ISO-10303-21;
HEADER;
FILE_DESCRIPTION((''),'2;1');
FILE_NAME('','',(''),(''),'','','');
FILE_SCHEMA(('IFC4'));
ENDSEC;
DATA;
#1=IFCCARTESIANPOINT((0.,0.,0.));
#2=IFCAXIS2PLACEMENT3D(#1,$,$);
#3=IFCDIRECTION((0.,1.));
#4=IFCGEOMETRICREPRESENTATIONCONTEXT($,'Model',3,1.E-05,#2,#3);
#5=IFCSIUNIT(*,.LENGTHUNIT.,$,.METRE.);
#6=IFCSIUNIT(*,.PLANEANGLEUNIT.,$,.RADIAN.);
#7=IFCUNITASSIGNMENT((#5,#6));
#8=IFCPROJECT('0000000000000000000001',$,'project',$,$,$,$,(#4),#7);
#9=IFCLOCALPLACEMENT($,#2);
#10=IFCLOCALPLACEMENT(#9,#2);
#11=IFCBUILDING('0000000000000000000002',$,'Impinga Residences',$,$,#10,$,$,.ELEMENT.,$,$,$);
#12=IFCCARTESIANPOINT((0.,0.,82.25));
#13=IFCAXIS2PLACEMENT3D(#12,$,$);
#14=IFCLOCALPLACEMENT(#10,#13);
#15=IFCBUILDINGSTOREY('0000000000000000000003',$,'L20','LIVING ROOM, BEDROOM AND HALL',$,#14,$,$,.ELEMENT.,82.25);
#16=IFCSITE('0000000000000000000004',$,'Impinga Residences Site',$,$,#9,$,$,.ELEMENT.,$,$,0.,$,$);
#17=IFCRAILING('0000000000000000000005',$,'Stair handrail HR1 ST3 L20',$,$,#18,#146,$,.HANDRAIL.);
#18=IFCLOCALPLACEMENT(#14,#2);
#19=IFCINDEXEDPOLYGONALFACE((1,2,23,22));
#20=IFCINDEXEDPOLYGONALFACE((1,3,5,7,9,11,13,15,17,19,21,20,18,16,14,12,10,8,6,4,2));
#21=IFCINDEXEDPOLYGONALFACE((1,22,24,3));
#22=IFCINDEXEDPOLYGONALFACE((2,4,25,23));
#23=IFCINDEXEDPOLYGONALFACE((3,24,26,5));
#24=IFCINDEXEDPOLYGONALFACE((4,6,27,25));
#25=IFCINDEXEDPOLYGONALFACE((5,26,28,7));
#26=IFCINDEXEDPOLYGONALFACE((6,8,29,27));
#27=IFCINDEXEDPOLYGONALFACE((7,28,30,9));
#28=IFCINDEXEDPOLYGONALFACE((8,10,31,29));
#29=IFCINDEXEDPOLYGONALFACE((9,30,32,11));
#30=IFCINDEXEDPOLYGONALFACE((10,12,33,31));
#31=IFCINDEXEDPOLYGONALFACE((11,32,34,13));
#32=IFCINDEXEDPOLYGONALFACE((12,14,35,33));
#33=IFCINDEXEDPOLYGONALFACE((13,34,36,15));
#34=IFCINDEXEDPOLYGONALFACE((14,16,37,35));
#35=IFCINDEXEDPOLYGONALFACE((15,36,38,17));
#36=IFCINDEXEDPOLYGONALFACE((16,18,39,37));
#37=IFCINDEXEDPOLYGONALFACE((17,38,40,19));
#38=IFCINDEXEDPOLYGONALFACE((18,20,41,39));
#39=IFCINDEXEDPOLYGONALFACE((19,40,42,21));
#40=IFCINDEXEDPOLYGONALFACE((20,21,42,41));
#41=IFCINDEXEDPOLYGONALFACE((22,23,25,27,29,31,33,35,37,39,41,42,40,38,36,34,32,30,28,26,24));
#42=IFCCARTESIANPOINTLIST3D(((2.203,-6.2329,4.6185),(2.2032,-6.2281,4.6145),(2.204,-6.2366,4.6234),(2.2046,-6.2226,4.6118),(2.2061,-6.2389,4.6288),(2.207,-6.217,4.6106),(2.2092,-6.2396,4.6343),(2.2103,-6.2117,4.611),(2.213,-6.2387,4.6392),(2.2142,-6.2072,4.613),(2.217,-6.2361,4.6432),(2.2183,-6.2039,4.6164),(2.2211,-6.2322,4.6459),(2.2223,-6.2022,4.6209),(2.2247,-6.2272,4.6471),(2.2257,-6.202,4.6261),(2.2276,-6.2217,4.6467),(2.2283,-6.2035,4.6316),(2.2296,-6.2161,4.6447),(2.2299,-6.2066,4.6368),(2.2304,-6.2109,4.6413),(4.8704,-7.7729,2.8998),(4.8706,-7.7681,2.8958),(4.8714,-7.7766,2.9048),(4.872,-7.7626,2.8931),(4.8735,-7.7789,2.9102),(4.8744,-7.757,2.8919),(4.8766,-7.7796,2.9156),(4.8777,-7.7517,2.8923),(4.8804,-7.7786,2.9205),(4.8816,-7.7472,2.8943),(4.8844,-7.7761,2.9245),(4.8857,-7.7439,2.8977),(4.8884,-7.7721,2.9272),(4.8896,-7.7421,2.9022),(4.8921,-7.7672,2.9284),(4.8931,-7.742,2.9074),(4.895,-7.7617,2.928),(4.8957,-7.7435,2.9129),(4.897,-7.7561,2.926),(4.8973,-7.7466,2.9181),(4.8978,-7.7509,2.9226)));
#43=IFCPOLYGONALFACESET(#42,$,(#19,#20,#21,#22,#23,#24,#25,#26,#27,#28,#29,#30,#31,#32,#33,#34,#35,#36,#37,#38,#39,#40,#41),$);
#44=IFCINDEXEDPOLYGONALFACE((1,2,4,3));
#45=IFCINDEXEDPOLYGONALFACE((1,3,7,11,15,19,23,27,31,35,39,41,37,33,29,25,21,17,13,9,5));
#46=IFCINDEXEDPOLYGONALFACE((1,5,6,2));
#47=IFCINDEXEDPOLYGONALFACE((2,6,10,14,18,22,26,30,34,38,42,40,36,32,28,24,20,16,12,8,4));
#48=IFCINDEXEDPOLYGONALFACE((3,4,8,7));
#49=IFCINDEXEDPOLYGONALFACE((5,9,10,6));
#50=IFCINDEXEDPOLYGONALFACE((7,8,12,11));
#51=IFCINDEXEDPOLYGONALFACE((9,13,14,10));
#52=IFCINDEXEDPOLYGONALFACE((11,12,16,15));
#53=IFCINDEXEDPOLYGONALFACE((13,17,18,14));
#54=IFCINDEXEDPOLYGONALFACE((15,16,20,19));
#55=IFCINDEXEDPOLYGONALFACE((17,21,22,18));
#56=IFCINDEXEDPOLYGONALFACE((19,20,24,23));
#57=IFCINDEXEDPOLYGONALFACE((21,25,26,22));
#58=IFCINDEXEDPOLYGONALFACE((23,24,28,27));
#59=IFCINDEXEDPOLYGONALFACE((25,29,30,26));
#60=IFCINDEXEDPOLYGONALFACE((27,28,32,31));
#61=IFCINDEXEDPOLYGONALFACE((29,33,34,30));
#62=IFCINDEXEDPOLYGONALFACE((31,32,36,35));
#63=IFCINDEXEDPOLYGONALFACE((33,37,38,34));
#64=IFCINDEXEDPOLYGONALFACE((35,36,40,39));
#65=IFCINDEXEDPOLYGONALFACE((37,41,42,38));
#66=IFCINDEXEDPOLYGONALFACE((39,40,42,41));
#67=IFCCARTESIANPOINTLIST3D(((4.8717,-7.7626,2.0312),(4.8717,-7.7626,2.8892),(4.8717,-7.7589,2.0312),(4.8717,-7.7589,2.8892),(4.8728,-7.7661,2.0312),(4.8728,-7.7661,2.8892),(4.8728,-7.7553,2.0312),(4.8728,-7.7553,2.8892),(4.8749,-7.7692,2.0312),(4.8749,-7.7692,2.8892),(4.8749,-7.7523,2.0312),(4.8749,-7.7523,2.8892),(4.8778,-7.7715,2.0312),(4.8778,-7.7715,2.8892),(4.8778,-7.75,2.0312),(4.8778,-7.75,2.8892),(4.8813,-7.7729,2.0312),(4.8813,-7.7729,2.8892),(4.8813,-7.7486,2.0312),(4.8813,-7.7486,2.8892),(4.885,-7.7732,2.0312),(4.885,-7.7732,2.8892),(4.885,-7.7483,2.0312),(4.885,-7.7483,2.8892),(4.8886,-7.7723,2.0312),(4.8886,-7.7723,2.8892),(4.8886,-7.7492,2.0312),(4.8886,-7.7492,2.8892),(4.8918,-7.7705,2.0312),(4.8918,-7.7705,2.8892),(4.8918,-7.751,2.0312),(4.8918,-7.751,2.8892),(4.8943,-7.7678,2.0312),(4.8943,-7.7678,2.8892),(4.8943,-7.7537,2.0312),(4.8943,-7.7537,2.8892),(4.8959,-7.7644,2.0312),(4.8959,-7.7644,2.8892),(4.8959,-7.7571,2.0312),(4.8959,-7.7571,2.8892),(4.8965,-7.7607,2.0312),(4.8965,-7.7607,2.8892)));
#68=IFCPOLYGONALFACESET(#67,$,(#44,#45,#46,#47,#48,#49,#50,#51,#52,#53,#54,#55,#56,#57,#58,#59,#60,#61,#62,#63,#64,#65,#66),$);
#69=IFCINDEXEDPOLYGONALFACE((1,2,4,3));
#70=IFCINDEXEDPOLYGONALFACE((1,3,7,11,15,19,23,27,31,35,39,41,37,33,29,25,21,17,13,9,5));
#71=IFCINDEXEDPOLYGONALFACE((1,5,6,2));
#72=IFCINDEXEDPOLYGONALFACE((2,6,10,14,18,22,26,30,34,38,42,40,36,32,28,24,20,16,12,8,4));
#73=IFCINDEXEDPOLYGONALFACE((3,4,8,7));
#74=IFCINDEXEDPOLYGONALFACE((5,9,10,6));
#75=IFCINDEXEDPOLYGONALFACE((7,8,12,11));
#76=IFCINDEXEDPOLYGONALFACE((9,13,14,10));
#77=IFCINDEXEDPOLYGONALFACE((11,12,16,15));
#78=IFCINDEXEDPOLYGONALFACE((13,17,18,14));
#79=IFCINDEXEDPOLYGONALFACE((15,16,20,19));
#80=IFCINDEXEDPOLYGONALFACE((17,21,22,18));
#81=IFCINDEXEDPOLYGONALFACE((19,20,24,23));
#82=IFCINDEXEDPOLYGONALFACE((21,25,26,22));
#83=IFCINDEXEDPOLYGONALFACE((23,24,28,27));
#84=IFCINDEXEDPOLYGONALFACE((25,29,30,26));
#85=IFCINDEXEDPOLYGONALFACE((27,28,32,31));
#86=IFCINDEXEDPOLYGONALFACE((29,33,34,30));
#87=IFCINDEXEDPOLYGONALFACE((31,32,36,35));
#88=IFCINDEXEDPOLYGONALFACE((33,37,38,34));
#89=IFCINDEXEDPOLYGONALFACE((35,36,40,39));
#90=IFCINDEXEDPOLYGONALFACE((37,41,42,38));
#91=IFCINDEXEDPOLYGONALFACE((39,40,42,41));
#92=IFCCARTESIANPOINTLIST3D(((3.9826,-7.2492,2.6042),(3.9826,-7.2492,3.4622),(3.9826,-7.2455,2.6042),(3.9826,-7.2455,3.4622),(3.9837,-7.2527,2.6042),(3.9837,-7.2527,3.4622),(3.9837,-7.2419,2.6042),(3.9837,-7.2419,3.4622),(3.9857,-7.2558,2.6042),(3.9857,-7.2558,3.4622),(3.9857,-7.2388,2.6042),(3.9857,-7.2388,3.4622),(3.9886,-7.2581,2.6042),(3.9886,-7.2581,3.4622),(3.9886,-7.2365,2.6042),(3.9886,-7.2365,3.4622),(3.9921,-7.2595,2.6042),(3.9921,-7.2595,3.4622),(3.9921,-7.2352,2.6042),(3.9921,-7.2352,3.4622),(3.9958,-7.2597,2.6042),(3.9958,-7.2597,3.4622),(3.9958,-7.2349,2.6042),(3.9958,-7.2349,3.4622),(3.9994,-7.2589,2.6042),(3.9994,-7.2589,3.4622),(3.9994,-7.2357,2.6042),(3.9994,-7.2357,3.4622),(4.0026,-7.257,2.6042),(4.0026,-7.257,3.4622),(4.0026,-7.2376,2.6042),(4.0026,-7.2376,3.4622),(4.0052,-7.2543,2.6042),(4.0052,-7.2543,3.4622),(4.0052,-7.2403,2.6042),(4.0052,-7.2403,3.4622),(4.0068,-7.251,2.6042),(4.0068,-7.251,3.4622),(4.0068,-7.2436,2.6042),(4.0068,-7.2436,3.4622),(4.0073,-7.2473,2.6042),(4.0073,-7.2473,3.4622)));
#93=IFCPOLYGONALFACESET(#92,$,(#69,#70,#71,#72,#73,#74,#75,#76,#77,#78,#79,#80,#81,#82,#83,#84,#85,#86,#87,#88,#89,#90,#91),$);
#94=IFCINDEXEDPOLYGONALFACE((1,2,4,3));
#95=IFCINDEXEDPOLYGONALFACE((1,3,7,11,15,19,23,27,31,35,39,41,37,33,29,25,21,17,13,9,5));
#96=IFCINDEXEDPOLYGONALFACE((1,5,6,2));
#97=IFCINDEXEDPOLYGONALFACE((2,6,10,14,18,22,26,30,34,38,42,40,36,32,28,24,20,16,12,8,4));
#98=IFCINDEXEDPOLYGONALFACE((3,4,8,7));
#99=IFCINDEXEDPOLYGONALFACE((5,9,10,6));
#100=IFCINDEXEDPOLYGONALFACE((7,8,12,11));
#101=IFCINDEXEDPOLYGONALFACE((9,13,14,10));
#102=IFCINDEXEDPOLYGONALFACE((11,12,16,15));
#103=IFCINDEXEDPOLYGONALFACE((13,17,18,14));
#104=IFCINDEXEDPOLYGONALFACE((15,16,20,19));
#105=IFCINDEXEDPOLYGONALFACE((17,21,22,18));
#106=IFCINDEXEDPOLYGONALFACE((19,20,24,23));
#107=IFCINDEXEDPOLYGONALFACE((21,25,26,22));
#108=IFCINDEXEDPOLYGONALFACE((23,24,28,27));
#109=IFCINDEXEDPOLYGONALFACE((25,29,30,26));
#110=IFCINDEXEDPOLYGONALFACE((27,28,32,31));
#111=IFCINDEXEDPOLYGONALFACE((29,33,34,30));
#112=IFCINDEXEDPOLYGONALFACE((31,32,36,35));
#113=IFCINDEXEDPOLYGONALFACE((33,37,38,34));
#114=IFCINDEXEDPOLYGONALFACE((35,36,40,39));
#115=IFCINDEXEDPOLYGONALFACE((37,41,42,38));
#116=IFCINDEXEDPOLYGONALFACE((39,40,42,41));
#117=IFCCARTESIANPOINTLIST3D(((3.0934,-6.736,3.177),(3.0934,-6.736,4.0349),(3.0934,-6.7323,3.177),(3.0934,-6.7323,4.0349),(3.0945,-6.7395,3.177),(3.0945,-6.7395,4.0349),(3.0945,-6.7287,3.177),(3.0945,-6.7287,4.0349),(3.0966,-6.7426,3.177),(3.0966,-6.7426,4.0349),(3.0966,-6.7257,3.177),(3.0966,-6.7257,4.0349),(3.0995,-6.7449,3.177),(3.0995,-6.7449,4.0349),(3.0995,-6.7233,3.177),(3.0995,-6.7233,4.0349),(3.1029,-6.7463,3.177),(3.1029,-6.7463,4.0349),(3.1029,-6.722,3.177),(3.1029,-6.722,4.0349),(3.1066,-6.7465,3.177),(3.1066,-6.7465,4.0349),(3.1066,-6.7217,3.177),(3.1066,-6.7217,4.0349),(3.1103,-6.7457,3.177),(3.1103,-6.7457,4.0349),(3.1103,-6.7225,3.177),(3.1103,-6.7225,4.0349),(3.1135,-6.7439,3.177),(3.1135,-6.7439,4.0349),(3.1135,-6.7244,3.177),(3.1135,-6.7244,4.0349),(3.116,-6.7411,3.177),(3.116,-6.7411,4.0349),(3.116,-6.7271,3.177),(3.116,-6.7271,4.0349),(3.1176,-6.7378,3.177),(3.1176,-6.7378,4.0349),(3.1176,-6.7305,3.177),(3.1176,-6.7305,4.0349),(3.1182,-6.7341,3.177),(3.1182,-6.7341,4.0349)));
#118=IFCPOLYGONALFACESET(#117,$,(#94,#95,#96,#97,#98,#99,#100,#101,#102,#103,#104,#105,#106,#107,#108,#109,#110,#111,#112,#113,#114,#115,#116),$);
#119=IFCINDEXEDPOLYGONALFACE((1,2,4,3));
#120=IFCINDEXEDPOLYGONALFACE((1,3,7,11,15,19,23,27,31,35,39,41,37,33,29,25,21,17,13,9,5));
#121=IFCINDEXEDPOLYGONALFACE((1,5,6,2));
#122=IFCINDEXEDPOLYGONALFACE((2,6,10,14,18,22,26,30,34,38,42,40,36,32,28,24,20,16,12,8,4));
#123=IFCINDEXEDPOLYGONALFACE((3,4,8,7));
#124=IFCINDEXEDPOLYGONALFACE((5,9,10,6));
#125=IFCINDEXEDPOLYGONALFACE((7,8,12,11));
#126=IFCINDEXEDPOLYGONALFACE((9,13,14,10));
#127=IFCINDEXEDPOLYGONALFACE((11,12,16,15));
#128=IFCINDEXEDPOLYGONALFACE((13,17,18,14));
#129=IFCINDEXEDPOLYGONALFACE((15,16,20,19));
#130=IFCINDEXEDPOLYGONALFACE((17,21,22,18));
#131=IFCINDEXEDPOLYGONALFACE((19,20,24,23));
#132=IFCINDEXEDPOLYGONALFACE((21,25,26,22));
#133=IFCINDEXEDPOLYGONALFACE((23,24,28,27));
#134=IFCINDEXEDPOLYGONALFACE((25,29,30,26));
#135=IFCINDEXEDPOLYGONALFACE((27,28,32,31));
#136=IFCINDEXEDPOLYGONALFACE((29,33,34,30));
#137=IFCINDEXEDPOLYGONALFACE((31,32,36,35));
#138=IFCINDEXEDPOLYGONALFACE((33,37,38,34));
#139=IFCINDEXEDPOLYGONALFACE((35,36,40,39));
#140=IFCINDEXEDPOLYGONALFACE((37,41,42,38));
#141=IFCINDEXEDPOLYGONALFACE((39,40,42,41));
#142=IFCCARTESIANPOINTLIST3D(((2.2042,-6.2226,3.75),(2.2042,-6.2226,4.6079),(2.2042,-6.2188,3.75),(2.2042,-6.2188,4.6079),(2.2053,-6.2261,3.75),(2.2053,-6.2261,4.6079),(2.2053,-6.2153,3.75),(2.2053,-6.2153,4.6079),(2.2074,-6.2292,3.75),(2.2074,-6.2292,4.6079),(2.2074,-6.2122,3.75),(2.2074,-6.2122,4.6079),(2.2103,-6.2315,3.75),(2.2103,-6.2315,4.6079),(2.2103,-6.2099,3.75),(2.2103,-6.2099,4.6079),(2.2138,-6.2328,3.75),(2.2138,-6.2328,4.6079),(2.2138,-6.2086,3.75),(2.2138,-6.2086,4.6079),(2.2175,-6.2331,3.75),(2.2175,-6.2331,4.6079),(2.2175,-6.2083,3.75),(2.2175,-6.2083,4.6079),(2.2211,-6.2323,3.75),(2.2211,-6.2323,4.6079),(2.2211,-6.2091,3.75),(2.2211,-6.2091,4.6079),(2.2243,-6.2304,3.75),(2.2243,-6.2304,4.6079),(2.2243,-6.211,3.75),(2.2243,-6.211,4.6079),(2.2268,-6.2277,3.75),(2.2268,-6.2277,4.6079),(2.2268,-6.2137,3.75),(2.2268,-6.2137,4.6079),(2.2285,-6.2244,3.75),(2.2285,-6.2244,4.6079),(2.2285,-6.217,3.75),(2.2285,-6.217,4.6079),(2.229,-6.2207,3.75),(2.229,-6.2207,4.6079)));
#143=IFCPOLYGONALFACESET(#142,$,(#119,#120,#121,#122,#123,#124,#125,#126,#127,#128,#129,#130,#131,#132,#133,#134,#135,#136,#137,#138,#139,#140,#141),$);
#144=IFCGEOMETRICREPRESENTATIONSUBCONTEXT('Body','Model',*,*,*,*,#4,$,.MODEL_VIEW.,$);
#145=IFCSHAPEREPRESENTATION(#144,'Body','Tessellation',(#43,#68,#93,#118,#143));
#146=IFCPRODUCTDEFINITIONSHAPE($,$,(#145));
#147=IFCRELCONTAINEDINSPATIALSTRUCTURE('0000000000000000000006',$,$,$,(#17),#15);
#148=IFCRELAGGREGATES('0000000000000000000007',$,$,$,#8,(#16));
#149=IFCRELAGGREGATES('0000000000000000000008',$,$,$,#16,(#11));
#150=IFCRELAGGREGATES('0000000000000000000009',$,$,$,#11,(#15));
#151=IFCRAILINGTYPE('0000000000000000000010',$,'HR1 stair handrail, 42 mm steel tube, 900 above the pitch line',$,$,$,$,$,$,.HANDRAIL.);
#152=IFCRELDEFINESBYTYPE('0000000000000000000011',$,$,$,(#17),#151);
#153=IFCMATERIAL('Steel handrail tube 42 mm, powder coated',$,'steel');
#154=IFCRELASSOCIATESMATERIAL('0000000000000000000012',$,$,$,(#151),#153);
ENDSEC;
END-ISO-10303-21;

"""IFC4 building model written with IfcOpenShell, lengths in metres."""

from ifc_helpers import new_model, si_unit, direction, frame, origin, origin_2d, place, context, subcontext, project, spatial, circle, extrude, material, type_object, element, save


model = new_model("IFC4")

# Units and contexts
model_context = context("Model", 3, precision=1e-05, world=origin(), true_north=direction((0.0, 1.0)))
body_context = subcontext(model_context, "Body", "Model", "MODEL_VIEW")
ifc_project = project(units=[si_unit("LENGTHUNIT", "METRE"), si_unit("PLANEANGLEUNIT", "RADIAN")], contexts=[model_context])

# Site, building, storey
site_placement = place(None, origin())
site = spatial("IfcSite", under=ifc_project, at=site_placement, Name="Impinga Residences Site", CompositionType="ELEMENT", RefElevation=0.0)
building_placement = place(site_placement, origin())
building = spatial("IfcBuilding", under=site, at=building_placement, Name="Impinga Residences", CompositionType="ELEMENT")
storey_placement = place(building_placement, frame((0.0, 0.0, 82.25)))
storey = spatial("IfcBuildingStorey", under=building, at=storey_placement, Name="L20", Description="LIVING ROOM, BEDROOM AND HALL", CompositionType="ELEMENT", Elevation=82.25)

# Railing
ifc_material_1 = material(Name="Steel handrail tube 42 mm, powder coated", Category="steel")
railing_type_1 = type_object("IfcRailingType", Name="HR1 stair handrail, 42 mm steel tube, 900 above the pitch line", PredefinedType="HANDRAIL", material=ifc_material_1)
railing_1_placement = place(storey_placement, frame((4.884, -7.7607, 2.0312)))
element("IfcRailing", 1, at=railing_1_placement, inside=storey, type_object=railing_type_1, Name="Stair handrail HR1 ST3 L20", PredefinedType="HANDRAIL", context=body_context, shape_type="SweptSolid", body=[
    extrude(circle(Radius=0.021, at=origin_2d()), frame((0.0, 0.0, 0.8789), z_axis=(-0.756256, 0.436616, 0.487282), x_axis=(-0.499992, -0.86603, 0.0)), (0.0, 0.0, 1.0), 3.5271),
    extrude(circle(Radius=0.0125, at=origin_2d()), origin(), (0.0, 0.0, 1.0), 0.8579),
    extrude(circle(Radius=0.0125, at=origin_2d()), frame((-0.8892, 0.5134, 0.573)), (0.0, 0.0, 1.0), 0.8579),
    extrude(circle(Radius=0.0125, at=origin_2d()), frame((-1.7783, 1.0266, 1.1458)), (0.0, 0.0, 1.0), 0.8579),
    extrude(circle(Radius=0.0125, at=origin_2d()), frame((-2.6675, 1.54, 1.7188)), (0.0, 0.0, 1.0), 0.8579),
])

save(model, "model.ifc")
